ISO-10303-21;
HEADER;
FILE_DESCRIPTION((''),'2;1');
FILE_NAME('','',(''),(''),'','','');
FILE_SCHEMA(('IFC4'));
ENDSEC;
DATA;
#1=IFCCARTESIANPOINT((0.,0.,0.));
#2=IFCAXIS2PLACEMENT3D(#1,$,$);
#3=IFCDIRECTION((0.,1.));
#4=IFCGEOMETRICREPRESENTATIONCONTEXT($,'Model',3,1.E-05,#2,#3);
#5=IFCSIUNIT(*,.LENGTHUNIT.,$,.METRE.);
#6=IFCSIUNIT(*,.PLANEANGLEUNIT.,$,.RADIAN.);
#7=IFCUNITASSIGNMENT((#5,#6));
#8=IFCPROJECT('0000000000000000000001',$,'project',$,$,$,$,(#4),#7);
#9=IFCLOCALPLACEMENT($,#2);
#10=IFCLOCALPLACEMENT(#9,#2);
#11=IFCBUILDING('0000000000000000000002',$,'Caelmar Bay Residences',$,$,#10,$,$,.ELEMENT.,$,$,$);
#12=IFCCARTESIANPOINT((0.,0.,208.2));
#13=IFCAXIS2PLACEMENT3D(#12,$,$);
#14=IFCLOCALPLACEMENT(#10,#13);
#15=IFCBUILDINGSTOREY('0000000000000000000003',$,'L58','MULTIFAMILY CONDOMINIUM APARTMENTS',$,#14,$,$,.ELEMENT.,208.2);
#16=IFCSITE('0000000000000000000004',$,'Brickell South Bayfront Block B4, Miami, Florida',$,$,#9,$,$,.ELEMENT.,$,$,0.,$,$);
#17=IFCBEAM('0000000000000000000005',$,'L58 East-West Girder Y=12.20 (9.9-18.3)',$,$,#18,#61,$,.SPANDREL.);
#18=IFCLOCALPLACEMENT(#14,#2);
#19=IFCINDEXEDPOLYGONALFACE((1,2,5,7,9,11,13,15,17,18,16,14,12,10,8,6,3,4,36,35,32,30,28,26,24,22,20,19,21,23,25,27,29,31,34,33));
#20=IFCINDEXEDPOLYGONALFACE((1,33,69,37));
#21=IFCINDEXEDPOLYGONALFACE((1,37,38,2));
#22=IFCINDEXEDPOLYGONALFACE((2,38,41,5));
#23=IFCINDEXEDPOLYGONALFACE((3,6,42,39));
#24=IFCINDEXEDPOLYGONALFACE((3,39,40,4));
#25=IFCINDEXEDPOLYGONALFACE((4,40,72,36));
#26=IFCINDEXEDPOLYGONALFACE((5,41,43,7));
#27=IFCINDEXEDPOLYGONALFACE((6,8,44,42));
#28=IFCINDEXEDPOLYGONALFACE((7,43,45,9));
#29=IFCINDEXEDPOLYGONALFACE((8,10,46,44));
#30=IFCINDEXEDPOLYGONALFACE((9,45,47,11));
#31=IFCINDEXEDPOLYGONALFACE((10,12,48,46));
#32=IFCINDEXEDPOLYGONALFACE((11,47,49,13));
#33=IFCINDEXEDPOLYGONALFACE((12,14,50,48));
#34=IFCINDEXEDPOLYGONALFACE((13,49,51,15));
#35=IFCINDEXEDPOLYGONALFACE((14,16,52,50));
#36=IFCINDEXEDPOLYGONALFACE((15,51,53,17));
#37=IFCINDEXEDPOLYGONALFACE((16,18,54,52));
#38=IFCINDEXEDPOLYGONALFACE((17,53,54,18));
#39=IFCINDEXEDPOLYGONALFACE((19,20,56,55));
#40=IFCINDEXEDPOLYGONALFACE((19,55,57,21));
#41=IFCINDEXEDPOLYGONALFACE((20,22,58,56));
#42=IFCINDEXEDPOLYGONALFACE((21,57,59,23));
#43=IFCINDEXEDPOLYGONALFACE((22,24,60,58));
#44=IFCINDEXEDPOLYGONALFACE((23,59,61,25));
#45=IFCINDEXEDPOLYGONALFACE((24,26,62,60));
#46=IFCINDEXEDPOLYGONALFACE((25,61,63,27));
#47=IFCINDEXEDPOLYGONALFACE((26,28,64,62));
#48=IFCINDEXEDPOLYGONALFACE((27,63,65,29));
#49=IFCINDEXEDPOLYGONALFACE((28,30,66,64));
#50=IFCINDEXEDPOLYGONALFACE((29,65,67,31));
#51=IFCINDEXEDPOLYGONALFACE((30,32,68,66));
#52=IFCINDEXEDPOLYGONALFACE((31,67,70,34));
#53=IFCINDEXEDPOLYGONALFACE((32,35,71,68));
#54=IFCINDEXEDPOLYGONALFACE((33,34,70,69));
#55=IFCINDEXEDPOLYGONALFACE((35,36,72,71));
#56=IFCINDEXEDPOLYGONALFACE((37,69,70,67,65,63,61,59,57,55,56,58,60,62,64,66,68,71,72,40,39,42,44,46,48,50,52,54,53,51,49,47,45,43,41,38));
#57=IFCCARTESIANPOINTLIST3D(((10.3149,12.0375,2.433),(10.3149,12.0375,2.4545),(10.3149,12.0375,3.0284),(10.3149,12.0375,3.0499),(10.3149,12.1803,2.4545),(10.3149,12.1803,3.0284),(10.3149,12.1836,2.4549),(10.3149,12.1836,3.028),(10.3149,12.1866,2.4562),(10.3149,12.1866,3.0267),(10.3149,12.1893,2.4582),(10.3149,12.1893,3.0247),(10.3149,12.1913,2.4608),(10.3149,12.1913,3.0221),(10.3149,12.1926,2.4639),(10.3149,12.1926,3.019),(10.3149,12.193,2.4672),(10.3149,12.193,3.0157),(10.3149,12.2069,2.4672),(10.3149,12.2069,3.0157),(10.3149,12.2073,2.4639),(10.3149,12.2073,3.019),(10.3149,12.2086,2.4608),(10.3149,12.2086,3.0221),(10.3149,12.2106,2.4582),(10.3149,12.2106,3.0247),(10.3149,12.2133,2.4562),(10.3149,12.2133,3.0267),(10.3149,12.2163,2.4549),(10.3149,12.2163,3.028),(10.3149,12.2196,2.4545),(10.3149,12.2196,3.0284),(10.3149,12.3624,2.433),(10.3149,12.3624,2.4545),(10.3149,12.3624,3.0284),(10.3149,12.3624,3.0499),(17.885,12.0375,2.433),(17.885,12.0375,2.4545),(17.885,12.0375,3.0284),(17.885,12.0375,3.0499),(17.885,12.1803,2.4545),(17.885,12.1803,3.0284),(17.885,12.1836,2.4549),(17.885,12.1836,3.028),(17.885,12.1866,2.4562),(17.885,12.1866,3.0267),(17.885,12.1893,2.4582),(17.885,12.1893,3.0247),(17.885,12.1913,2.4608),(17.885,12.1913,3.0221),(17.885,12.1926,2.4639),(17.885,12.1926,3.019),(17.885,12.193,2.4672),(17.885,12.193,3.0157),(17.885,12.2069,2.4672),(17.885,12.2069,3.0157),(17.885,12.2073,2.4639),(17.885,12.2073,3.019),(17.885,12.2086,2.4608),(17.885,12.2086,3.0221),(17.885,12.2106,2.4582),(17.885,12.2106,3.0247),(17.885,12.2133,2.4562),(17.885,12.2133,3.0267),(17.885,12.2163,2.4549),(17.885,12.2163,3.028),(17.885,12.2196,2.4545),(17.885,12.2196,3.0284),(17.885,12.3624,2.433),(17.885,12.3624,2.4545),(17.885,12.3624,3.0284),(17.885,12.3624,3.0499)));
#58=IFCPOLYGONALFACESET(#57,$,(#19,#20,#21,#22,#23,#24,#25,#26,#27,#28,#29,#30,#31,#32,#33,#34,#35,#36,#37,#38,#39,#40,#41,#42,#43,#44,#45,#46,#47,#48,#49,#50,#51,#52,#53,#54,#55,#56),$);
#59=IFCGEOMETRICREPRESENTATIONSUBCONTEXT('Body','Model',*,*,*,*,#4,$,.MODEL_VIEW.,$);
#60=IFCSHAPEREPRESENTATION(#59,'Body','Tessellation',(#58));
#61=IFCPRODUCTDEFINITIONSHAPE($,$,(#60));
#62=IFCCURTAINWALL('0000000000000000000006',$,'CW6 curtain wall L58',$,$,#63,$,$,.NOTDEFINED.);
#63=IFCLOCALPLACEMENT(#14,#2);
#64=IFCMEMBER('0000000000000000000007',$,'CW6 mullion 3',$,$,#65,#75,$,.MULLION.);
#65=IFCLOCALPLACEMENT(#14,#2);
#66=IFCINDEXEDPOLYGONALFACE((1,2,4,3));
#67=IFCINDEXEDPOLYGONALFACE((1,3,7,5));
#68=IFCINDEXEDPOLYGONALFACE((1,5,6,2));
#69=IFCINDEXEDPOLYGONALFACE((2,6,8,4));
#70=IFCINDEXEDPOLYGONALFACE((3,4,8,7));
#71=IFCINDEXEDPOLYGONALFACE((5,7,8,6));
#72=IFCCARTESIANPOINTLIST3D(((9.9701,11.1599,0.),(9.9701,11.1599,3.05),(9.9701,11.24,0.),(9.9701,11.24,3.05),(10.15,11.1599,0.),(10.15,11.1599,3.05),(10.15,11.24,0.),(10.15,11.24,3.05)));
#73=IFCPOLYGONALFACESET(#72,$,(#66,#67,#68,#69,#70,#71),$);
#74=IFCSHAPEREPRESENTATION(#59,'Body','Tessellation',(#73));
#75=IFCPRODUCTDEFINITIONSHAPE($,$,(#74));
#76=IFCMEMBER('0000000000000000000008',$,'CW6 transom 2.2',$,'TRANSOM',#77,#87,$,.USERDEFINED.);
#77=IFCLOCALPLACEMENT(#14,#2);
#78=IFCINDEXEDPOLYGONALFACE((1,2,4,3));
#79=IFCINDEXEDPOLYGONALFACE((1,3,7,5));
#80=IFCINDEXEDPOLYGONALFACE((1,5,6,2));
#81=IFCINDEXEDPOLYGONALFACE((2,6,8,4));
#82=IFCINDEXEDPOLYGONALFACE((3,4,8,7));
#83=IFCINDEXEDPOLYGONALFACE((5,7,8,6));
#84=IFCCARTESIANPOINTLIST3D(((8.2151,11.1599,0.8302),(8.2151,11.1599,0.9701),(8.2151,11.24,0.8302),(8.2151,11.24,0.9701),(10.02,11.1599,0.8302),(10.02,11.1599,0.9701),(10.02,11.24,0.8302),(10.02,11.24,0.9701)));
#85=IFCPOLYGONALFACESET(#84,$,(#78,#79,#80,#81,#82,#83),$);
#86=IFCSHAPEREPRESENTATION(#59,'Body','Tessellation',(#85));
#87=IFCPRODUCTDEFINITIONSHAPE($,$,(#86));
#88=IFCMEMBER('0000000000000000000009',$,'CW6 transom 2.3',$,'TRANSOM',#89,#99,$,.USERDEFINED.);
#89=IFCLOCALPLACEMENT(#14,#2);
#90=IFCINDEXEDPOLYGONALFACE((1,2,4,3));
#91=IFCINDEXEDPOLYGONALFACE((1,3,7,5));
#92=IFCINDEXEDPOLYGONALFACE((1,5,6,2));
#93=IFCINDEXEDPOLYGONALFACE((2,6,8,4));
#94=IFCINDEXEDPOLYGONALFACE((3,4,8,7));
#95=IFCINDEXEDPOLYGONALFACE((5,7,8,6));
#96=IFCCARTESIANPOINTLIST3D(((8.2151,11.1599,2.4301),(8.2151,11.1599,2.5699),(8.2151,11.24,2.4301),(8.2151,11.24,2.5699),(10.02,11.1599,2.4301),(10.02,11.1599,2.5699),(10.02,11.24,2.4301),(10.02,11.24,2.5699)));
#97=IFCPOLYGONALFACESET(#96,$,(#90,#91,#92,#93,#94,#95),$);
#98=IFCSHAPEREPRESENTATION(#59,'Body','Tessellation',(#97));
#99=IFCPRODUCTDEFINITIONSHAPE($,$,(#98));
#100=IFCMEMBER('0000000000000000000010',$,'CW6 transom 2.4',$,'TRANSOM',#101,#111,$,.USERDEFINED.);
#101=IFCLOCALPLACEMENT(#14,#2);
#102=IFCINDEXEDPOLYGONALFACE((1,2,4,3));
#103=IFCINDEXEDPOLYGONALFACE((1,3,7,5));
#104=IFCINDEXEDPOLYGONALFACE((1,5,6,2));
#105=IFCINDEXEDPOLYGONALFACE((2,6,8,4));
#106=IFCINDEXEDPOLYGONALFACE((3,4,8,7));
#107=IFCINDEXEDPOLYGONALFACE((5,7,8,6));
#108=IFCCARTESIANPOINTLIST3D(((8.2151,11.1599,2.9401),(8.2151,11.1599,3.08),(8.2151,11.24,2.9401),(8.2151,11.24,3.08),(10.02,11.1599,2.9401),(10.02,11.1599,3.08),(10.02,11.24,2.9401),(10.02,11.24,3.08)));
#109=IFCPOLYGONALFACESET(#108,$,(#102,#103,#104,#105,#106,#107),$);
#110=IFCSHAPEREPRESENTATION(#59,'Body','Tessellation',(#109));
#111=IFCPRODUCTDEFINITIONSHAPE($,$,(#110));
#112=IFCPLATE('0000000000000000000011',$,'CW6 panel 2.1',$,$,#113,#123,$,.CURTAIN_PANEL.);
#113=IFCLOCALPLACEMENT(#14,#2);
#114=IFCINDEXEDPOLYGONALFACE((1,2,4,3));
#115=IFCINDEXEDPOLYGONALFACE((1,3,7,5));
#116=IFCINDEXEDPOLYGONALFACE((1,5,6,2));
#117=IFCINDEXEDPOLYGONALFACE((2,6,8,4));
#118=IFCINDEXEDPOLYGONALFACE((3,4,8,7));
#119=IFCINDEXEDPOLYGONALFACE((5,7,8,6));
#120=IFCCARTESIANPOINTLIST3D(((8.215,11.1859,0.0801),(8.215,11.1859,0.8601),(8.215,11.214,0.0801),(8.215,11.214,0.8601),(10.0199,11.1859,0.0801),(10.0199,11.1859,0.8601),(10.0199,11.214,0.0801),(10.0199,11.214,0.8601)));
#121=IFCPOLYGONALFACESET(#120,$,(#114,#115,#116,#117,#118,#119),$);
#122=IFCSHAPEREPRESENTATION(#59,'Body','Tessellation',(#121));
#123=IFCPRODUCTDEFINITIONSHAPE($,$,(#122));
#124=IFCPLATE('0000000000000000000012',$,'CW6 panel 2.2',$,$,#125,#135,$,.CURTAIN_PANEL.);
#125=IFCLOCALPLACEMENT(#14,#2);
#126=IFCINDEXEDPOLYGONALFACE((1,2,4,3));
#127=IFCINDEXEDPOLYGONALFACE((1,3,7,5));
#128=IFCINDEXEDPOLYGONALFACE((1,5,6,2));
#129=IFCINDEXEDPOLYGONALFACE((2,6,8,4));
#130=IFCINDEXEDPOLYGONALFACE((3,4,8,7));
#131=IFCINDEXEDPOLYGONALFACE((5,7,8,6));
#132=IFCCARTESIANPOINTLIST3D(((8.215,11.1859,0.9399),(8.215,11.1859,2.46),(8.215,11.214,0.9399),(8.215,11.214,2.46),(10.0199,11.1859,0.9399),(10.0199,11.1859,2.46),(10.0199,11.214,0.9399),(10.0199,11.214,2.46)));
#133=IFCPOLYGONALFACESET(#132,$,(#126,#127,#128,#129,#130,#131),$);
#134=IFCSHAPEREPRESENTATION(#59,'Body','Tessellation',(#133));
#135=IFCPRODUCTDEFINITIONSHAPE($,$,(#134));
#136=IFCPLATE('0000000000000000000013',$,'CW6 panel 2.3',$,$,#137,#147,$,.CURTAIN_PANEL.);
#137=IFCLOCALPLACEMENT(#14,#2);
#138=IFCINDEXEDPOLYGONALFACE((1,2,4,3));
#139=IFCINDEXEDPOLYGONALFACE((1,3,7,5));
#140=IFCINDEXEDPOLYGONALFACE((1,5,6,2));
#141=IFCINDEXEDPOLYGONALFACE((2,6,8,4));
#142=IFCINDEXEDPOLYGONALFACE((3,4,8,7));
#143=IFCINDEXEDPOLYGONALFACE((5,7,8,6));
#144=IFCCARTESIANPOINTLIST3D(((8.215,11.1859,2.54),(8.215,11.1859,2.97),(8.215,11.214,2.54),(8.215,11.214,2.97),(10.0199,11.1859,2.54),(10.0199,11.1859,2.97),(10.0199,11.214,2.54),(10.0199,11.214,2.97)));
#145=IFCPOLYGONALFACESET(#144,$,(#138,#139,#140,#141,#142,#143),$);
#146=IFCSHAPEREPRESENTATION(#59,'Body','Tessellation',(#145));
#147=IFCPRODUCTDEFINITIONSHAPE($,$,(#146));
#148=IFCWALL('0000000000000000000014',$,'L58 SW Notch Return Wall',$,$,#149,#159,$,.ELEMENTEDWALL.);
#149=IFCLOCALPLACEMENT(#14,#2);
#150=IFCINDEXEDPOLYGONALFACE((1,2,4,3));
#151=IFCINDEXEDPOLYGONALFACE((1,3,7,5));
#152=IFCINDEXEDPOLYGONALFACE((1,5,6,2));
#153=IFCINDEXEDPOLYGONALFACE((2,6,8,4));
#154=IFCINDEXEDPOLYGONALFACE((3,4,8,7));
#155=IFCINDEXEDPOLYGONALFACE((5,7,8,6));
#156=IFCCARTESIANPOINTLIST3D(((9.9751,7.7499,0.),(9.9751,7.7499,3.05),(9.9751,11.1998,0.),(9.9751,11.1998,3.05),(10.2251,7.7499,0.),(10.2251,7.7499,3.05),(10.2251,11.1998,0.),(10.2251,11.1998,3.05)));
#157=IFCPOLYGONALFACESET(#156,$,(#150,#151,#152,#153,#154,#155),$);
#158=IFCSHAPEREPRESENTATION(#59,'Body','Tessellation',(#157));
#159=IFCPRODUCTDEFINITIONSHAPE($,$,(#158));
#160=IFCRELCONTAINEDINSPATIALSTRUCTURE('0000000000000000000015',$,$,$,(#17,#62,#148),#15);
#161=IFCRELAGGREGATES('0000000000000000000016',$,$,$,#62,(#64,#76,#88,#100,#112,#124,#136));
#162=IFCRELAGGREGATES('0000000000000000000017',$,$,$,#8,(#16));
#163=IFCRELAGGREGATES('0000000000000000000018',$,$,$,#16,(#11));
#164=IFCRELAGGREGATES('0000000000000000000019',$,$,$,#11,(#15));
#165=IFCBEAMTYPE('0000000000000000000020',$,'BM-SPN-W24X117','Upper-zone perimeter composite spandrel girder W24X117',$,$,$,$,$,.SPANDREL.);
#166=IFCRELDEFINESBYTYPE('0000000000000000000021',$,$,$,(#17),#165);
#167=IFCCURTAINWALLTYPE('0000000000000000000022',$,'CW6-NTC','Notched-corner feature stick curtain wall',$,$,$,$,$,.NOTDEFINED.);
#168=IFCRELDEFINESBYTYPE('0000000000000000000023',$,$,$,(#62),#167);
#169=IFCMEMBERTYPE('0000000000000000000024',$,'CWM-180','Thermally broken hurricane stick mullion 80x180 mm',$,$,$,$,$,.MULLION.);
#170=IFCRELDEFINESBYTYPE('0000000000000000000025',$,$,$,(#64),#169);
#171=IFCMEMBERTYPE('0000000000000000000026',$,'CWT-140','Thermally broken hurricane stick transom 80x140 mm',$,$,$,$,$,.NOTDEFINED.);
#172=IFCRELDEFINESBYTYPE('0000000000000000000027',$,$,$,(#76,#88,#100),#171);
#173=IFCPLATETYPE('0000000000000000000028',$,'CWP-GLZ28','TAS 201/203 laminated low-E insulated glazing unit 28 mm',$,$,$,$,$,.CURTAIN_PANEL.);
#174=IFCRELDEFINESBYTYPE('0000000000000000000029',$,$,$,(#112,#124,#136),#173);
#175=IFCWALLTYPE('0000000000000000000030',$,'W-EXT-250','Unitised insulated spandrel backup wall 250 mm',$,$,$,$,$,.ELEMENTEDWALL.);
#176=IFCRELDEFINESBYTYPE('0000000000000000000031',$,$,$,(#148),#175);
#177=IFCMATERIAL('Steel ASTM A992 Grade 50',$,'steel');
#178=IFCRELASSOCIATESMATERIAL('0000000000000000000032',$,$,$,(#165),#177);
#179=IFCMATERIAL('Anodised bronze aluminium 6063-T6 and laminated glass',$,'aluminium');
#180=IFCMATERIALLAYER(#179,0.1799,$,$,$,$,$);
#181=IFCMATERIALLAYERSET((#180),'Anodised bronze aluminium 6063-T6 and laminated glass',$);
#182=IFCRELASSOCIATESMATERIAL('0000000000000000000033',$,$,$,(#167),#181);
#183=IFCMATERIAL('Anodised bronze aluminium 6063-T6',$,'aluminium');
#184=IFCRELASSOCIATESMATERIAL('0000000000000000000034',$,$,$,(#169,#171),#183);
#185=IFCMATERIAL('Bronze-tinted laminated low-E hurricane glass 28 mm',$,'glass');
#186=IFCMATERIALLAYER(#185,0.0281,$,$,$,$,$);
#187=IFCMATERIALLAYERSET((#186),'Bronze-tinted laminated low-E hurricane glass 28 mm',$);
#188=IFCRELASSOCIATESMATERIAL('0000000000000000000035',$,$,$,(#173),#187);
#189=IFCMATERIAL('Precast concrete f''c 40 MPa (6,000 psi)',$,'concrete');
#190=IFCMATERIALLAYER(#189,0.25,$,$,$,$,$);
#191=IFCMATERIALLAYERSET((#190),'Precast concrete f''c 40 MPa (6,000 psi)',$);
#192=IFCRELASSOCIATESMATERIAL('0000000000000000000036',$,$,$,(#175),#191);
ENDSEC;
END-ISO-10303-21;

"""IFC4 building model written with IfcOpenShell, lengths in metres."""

from ifc_helpers import new_model, si_unit, direction, frame, frame_2d, origin, origin_2d, place, context, subcontext, project, spatial, rectangle, i_section, extrude, material, layer, layer_set, material_profile, profile_set, type_object, element, aggregate, save


model = new_model("IFC4")

# Units and contexts
model_context = context("Model", 3, precision=1e-05, world=origin(), true_north=direction((0.0, 1.0)))
body_context = subcontext(model_context, "Body", "Model", "MODEL_VIEW")
ifc_project = project(units=[si_unit("LENGTHUNIT", "METRE"), si_unit("PLANEANGLEUNIT", "RADIAN")], contexts=[model_context])

# Site, building, storey
site_placement = place(None, origin())
site = spatial("IfcSite", under=ifc_project, at=site_placement, Name="Brickell South Bayfront Block B4, Miami, Florida", CompositionType="ELEMENT", RefElevation=0.0)
building_placement = place(site_placement, origin())
building = spatial("IfcBuilding", under=site, at=building_placement, Name="Caelmar Bay Residences", CompositionType="ELEMENT")
storey_placement = place(building_placement, frame((0.0, 0.0, 208.2)))
storey = spatial("IfcBuildingStorey", under=building, at=storey_placement, Name="L58", Description="MULTIFAMILY CONDOMINIUM APARTMENTS", CompositionType="ELEMENT", Elevation=208.2)

# Beam
ifc_material_1 = material(Name="Steel ASTM A992 Grade 50", Category="steel")
ifc_material_profile_1 = material_profile(ifc_material_1, i_section(OverallWidth=0.325, OverallDepth=0.6169, WebThickness=0.0139, FlangeThickness=0.0215, FilletRadius=0.0127, at=origin_2d()), Name="W24X117")
ifc_profile_set_1 = profile_set([ifc_material_profile_1], Name="Steel ASTM A992 Grade 50")
beam_type_1 = type_object("IfcBeamType", Name="BM-SPN-W24X117", Description="Upper-zone perimeter composite spandrel girder W24X117", PredefinedType="SPANDREL", material=ifc_profile_set_1)
beam_1_placement = place(storey_placement, frame((10.3149, 12.2, 2.7415), z_axis=(1.0, 0.0, 0.0), x_axis=(0.0, 1.0, 0.0)))
element("IfcBeam", 1, at=beam_1_placement, inside=storey, type_object=beam_type_1, Name="L58 East-West Girder Y=12.20 (9.9-18.3)", PredefinedType="SPANDREL", context=body_context, shape_type="SweptSolid", body=[
    extrude(i_section(OverallWidth=0.325, OverallDepth=0.6169, WebThickness=0.0139, FlangeThickness=0.0215, FilletRadius=0.0127, at=origin_2d()), origin(), (0.0, 0.0, 1.0), 7.5701),
])

# Curtain wall, members, plates
ifc_material_2 = material(Name="Anodised bronze aluminium 6063-T6 and laminated glass", Category="aluminium")
ifc_layer_1 = layer(ifc_material_2, 0.1799)
ifc_layer_set_1 = layer_set([ifc_layer_1], Name="Anodised bronze aluminium 6063-T6 and laminated glass")
curtain_wall_type = type_object("IfcCurtainWallType", Name="CW6-NTC", Description="Notched-corner feature stick curtain wall", PredefinedType="NOTDEFINED", material=ifc_layer_set_1)
curtain_wall_placement = place(storey_placement, origin())
curtain_wall = element("IfcCurtainWall", 2, at=curtain_wall_placement, inside=storey, type_object=curtain_wall_type, Name="CW6 curtain wall L58", PredefinedType="NOTDEFINED")
ifc_material_3 = material(Name="Anodised bronze aluminium 6063-T6", Category="aluminium")
ifc_material_profile_2 = material_profile(ifc_material_3, rectangle(XDim=0.0801, YDim=0.1799, at=origin_2d()), Name="CWM-80X180")
ifc_profile_set_2 = profile_set([ifc_material_profile_2], Name="Anodised bronze aluminium 6063-T6")
member_type_1 = type_object("IfcMemberType", Name="CWM-180", Description="Thermally broken hurricane stick mullion 80x180 mm", PredefinedType="MULLION", material=ifc_profile_set_2)
member_1_placement = place(storey_placement, frame((10.0601, 11.2, 0.0), z_axis=(0.0, 0.0, 1.0), x_axis=(0.0, 1.0, 0.0)))
member_1 = element("IfcMember", 3, at=member_1_placement, type_object=member_type_1, Name="CW6 mullion 3", PredefinedType="MULLION", context=body_context, shape_type="SweptSolid", body=[
    extrude(rectangle(XDim=0.0801, YDim=0.1799, at=origin_2d()), origin(), (0.0, 0.0, 1.0), 3.05),
])
ifc_material_profile_3 = material_profile(ifc_material_3, rectangle(XDim=0.0801, YDim=0.1399, at=origin_2d()), Name="CWT-80X140")
ifc_profile_set_3 = profile_set([ifc_material_profile_3], Name="Anodised bronze aluminium 6063-T6")
member_type_2 = type_object("IfcMemberType", Name="CWT-140", Description="Thermally broken hurricane stick transom 80x140 mm", PredefinedType="NOTDEFINED", material=ifc_profile_set_3)
member_2_placement = place(storey_placement, frame((8.2151, 11.2, 0.9001), z_axis=(1.0, 0.0, 0.0), x_axis=(0.0, 1.0, 0.0)))
member_2 = element("IfcMember", 4, at=member_2_placement, type_object=member_type_2, Name="CW6 transom 2.2", ObjectType="TRANSOM", PredefinedType="USERDEFINED", context=body_context, shape_type="SweptSolid", body=[
    extrude(rectangle(XDim=0.0801, YDim=0.1399, at=origin_2d()), origin(), (0.0, 0.0, 1.0), 1.8049),
])
member_3_placement = place(storey_placement, frame((8.2151, 11.2, 2.5), z_axis=(1.0, 0.0, 0.0), x_axis=(0.0, 1.0, 0.0)))
member_3 = element("IfcMember", 5, at=member_3_placement, type_object=member_type_2, Name="CW6 transom 2.3", ObjectType="TRANSOM", PredefinedType="USERDEFINED", context=body_context, shape_type="SweptSolid", body=[
    extrude(rectangle(XDim=0.0801, YDim=0.1399, at=origin_2d()), origin(), (0.0, 0.0, 1.0), 1.8049),
])
member_4_placement = place(storey_placement, frame((8.2151, 11.2, 3.01), z_axis=(1.0, 0.0, 0.0), x_axis=(0.0, 1.0, 0.0)))
member_4 = element("IfcMember", 6, at=member_4_placement, type_object=member_type_2, Name="CW6 transom 2.4", ObjectType="TRANSOM", PredefinedType="USERDEFINED", context=body_context, shape_type="SweptSolid", body=[
    extrude(rectangle(XDim=0.0801, YDim=0.1399, at=origin_2d()), origin(), (0.0, 0.0, 1.0), 1.8049),
])
ifc_material_4 = material(Name="Bronze-tinted laminated low-E hurricane glass 28 mm", Category="glass")
ifc_layer_2 = layer(ifc_material_4, 0.0281)
ifc_layer_set_2 = layer_set([ifc_layer_2], Name="Bronze-tinted laminated low-E hurricane glass 28 mm")
plate_type = type_object("IfcPlateType", Name="CWP-GLZ28", Description="TAS 201/203 laminated low-E insulated glazing unit 28 mm", PredefinedType="CURTAIN_PANEL", material=ifc_layer_set_2)
plate_1_placement = place(storey_placement, frame((9.1174, 11.2, 0.0801), z_axis=(0.0, 0.0, 1.0), x_axis=(1.0, 0.0, 0.0)))
plate_1 = element("IfcPlate", 7, at=plate_1_placement, type_object=plate_type, Name="CW6 panel 2.1", PredefinedType="CURTAIN_PANEL", context=body_context, shape_type="SweptSolid", body=[
    extrude(rectangle(XDim=1.8049, YDim=0.0281, at=origin_2d()), origin(), (0.0, 0.0, 1.0), 0.78),
])
plate_2_placement = place(storey_placement, frame((9.1174, 11.2, 0.9399), z_axis=(0.0, 0.0, 1.0), x_axis=(1.0, 0.0, 0.0)))
plate_2 = element("IfcPlate", 8, at=plate_2_placement, type_object=plate_type, Name="CW6 panel 2.2", PredefinedType="CURTAIN_PANEL", context=body_context, shape_type="SweptSolid", body=[
    extrude(rectangle(XDim=1.8049, YDim=0.0281, at=origin_2d()), origin(), (0.0, 0.0, 1.0), 1.52),
])
plate_3_placement = place(storey_placement, frame((9.1174, 11.2, 2.54), z_axis=(0.0, 0.0, 1.0), x_axis=(1.0, 0.0, 0.0)))
plate_3 = element("IfcPlate", 9, at=plate_3_placement, type_object=plate_type, Name="CW6 panel 2.3", PredefinedType="CURTAIN_PANEL", context=body_context, shape_type="SweptSolid", body=[
    extrude(rectangle(XDim=1.8049, YDim=0.0281, at=origin_2d()), origin(), (0.0, 0.0, 1.0), 0.4299),
])
aggregate(curtain_wall, [member_1, member_2, member_3, member_4, plate_1, plate_2, plate_3])

# Wall
ifc_material_5 = material(Name="Precast concrete f'c 40 MPa (6,000 psi)", Category="concrete")
ifc_layer_3 = layer(ifc_material_5, 0.25)
ifc_layer_set_3 = layer_set([ifc_layer_3], Name="Precast concrete f'c 40 MPa (6,000 psi)")
wall_type_1 = type_object("IfcWallType", Name="W-EXT-250", Description="Unitised insulated spandrel backup wall 250 mm", PredefinedType="ELEMENTEDWALL", material=ifc_layer_set_3)
wall_1_placement = place(storey_placement, frame((10.1001, 11.2, 0.0), z_axis=(0.0, 0.0, 1.0), x_axis=(0.0, -1.0, 0.0)))
element("IfcWall", 10, at=wall_1_placement, inside=storey, type_object=wall_type_1, Name="L58 SW Notch Return Wall", PredefinedType="ELEMENTEDWALL", context=body_context, shape_type="SweptSolid", body=[
    extrude(rectangle(XDim=3.45, YDim=0.25, at=frame_2d((1.7251, 0.0))), origin(), (0.0, 0.0, 1.0), 3.05),
])

save(model, "model.ifc")
